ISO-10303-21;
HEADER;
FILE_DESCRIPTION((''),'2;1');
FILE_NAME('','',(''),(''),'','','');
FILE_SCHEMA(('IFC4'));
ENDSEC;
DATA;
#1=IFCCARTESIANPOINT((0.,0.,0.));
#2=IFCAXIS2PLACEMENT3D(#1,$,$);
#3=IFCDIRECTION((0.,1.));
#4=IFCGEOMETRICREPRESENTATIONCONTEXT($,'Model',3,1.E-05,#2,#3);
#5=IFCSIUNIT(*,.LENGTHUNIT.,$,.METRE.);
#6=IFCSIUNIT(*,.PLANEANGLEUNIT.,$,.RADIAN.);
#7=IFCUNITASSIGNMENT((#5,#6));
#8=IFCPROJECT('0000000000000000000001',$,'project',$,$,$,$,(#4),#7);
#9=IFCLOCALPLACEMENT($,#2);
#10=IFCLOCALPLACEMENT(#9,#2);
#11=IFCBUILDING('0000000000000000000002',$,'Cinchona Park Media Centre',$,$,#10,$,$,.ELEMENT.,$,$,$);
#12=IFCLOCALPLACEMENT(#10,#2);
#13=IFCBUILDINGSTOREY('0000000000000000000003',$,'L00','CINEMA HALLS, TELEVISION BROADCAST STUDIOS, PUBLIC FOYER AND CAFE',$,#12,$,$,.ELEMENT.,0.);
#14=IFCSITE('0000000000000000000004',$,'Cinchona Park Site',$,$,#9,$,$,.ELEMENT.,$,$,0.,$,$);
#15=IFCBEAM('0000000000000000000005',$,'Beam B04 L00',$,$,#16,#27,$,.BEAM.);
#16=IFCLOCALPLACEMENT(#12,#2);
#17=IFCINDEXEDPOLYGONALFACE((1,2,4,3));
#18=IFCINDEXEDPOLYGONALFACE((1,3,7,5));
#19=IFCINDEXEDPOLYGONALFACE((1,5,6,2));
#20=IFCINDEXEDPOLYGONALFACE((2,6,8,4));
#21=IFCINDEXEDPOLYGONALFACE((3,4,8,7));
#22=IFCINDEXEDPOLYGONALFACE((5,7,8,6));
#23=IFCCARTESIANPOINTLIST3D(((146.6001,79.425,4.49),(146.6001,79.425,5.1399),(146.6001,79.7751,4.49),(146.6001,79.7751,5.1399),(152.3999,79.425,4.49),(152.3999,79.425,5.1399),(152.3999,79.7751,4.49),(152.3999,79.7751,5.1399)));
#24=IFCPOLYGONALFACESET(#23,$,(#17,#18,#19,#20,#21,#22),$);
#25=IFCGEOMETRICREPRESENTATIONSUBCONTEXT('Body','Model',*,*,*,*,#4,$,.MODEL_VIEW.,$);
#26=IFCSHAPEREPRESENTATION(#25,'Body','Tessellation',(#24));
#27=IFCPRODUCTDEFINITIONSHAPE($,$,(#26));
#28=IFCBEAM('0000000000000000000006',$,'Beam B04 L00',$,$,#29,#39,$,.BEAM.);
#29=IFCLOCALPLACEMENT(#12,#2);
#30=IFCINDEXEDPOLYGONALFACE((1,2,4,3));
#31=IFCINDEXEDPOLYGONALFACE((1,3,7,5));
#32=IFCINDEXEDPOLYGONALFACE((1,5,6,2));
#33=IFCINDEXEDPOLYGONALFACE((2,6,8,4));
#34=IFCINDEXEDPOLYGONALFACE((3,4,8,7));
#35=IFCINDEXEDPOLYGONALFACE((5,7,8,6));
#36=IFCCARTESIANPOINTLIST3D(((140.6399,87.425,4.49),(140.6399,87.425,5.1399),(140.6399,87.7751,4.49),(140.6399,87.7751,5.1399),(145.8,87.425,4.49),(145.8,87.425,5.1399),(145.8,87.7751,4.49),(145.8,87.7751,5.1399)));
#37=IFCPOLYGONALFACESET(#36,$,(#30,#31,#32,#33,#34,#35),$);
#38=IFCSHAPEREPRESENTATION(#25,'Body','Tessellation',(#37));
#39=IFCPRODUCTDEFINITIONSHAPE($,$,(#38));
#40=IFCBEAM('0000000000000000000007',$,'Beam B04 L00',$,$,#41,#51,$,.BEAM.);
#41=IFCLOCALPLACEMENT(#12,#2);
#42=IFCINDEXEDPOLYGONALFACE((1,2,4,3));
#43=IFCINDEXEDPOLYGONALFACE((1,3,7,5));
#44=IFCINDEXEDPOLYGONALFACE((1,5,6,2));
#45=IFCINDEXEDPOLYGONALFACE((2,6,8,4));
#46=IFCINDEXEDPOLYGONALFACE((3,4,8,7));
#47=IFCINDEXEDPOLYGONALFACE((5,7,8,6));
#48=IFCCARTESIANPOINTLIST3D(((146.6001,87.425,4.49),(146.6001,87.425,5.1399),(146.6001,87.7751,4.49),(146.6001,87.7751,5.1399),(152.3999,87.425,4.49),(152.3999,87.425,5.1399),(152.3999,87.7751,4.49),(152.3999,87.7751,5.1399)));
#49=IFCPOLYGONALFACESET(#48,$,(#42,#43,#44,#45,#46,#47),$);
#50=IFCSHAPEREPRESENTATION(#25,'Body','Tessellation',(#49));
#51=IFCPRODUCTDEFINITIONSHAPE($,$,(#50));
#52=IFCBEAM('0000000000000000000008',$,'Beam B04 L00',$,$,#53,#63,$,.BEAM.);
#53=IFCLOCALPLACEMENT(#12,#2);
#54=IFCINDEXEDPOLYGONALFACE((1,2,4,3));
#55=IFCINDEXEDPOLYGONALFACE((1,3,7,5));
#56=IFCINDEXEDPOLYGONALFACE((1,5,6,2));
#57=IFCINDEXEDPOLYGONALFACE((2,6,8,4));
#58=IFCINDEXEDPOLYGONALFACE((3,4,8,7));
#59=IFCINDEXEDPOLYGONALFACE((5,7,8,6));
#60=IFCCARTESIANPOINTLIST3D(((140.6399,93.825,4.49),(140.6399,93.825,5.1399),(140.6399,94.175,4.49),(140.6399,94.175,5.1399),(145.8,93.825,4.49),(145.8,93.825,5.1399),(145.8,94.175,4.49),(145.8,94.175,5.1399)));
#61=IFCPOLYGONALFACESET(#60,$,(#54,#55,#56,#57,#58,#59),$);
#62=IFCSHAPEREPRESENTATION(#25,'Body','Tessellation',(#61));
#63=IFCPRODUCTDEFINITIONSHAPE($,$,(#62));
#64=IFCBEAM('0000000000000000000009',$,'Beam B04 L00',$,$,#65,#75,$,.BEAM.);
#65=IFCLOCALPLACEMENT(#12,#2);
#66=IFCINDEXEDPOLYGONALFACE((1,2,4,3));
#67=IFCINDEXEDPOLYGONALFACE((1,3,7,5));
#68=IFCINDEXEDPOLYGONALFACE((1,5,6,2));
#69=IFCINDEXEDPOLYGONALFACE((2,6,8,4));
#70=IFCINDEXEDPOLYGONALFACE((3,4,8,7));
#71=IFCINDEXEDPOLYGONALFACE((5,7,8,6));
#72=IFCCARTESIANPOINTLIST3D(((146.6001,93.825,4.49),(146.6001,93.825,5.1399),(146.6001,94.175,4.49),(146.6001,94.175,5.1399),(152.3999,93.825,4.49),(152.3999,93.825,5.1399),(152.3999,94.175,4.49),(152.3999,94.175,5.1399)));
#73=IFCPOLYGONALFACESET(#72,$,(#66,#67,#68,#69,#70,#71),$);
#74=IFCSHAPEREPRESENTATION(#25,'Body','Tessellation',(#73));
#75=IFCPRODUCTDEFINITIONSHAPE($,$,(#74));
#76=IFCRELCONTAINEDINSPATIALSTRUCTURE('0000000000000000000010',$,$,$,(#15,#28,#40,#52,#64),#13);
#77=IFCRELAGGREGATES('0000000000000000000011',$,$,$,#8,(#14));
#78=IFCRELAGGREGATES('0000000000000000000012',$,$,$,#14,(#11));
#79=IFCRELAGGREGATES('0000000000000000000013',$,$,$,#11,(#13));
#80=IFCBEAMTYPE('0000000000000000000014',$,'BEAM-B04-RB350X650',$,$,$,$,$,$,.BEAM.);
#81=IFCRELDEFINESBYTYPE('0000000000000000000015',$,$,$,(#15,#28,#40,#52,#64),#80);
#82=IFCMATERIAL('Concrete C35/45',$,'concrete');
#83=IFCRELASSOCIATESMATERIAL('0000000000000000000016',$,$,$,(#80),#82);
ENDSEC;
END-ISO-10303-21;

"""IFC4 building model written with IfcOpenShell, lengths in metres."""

from ifc_helpers import new_model, si_unit, direction, frame, origin, origin_2d, place, context, subcontext, project, spatial, rectangle, extrude, material, material_profile, profile_set, type_object, element, save


model = new_model("IFC4")

# Units and contexts
model_context = context("Model", 3, precision=1e-05, world=origin(), true_north=direction((0.0, 1.0)))
body_context = subcontext(model_context, "Body", "Model", "MODEL_VIEW")
ifc_project = project(units=[si_unit("LENGTHUNIT", "METRE"), si_unit("PLANEANGLEUNIT", "RADIAN")], contexts=[model_context])

# Site, building, storey
site_placement = place(None, origin())
site = spatial("IfcSite", under=ifc_project, at=site_placement, Name="Cinchona Park Site", CompositionType="ELEMENT", RefElevation=0.0)
building_placement = place(site_placement, origin())
building = spatial("IfcBuilding", under=site, at=building_placement, Name="Cinchona Park Media Centre", CompositionType="ELEMENT")
storey_placement = place(building_placement, origin())
storey = spatial("IfcBuildingStorey", under=building, at=storey_placement, Name="L00", Description="CINEMA HALLS, TELEVISION BROADCAST STUDIOS, PUBLIC FOYER AND CAFE", CompositionType="ELEMENT", Elevation=0.0)

# Beams
ifc_material_1 = material(Name="Concrete C35/45", Category="concrete")
ifc_material_profile_1 = material_profile(ifc_material_1, rectangle(XDim=0.3501, YDim=0.6499, at=origin_2d()), Name="RB 350X650")
ifc_profile_set_1 = profile_set([ifc_material_profile_1], Name="Concrete C35/45")
beam_type_1 = type_object("IfcBeamType", Name="BEAM-B04-RB350X650", PredefinedType="BEAM", material=ifc_profile_set_1)
beam_1_placement = place(storey_placement, frame((146.6001, 79.6001, 4.8149), z_axis=(1.0, 0.0, 0.0), x_axis=(0.0, 1.0, 0.0)))
element("IfcBeam", 1, at=beam_1_placement, inside=storey, type_object=beam_type_1, Name="Beam B04 L00", PredefinedType="BEAM", context=body_context, shape_type="SweptSolid", body=[
    extrude(rectangle(XDim=0.3501, YDim=0.6499, at=origin_2d()), origin(), (0.0, 0.0, 1.0), 5.7998),
])
beam_2_placement = place(storey_placement, frame((140.6399, 87.6001, 4.8149), z_axis=(1.0, 0.0, 0.0), x_axis=(0.0, 1.0, 0.0)))
element("IfcBeam", 2, at=beam_2_placement, inside=storey, type_object=beam_type_1, Name="Beam B04 L00", PredefinedType="BEAM", context=body_context, shape_type="SweptSolid", body=[
    extrude(rectangle(XDim=0.3501, YDim=0.6499, at=origin_2d()), origin(), (0.0, 0.0, 1.0), 5.1602),
])
beam_3_placement = place(storey_placement, frame((146.6001, 87.6001, 4.8149), z_axis=(1.0, 0.0, 0.0), x_axis=(0.0, 1.0, 0.0)))
element("IfcBeam", 3, at=beam_3_placement, inside=storey, type_object=beam_type_1, Name="Beam B04 L00", PredefinedType="BEAM", context=body_context, shape_type="SweptSolid", body=[
    extrude(rectangle(XDim=0.3501, YDim=0.6499, at=origin_2d()), origin(), (0.0, 0.0, 1.0), 5.7998),
])
beam_4_placement = place(storey_placement, frame((140.6399, 94.0, 4.8149), z_axis=(1.0, 0.0, 0.0), x_axis=(0.0, 1.0, 0.0)))
element("IfcBeam", 4, at=beam_4_placement, inside=storey, type_object=beam_type_1, Name="Beam B04 L00", PredefinedType="BEAM", context=body_context, shape_type="SweptSolid", body=[
    extrude(rectangle(XDim=0.3501, YDim=0.6499, at=origin_2d()), origin(), (0.0, 0.0, 1.0), 5.1602),
])
beam_5_placement = place(storey_placement, frame((146.6001, 94.0, 4.8149), z_axis=(1.0, 0.0, 0.0), x_axis=(0.0, 1.0, 0.0)))
element("IfcBeam", 5, at=beam_5_placement, inside=storey, type_object=beam_type_1, Name="Beam B04 L00", PredefinedType="BEAM", context=body_context, shape_type="SweptSolid", body=[
    extrude(rectangle(XDim=0.3501, YDim=0.6499, at=origin_2d()), origin(), (0.0, 0.0, 1.0), 5.7998),
])

save(model, "model.ifc")
